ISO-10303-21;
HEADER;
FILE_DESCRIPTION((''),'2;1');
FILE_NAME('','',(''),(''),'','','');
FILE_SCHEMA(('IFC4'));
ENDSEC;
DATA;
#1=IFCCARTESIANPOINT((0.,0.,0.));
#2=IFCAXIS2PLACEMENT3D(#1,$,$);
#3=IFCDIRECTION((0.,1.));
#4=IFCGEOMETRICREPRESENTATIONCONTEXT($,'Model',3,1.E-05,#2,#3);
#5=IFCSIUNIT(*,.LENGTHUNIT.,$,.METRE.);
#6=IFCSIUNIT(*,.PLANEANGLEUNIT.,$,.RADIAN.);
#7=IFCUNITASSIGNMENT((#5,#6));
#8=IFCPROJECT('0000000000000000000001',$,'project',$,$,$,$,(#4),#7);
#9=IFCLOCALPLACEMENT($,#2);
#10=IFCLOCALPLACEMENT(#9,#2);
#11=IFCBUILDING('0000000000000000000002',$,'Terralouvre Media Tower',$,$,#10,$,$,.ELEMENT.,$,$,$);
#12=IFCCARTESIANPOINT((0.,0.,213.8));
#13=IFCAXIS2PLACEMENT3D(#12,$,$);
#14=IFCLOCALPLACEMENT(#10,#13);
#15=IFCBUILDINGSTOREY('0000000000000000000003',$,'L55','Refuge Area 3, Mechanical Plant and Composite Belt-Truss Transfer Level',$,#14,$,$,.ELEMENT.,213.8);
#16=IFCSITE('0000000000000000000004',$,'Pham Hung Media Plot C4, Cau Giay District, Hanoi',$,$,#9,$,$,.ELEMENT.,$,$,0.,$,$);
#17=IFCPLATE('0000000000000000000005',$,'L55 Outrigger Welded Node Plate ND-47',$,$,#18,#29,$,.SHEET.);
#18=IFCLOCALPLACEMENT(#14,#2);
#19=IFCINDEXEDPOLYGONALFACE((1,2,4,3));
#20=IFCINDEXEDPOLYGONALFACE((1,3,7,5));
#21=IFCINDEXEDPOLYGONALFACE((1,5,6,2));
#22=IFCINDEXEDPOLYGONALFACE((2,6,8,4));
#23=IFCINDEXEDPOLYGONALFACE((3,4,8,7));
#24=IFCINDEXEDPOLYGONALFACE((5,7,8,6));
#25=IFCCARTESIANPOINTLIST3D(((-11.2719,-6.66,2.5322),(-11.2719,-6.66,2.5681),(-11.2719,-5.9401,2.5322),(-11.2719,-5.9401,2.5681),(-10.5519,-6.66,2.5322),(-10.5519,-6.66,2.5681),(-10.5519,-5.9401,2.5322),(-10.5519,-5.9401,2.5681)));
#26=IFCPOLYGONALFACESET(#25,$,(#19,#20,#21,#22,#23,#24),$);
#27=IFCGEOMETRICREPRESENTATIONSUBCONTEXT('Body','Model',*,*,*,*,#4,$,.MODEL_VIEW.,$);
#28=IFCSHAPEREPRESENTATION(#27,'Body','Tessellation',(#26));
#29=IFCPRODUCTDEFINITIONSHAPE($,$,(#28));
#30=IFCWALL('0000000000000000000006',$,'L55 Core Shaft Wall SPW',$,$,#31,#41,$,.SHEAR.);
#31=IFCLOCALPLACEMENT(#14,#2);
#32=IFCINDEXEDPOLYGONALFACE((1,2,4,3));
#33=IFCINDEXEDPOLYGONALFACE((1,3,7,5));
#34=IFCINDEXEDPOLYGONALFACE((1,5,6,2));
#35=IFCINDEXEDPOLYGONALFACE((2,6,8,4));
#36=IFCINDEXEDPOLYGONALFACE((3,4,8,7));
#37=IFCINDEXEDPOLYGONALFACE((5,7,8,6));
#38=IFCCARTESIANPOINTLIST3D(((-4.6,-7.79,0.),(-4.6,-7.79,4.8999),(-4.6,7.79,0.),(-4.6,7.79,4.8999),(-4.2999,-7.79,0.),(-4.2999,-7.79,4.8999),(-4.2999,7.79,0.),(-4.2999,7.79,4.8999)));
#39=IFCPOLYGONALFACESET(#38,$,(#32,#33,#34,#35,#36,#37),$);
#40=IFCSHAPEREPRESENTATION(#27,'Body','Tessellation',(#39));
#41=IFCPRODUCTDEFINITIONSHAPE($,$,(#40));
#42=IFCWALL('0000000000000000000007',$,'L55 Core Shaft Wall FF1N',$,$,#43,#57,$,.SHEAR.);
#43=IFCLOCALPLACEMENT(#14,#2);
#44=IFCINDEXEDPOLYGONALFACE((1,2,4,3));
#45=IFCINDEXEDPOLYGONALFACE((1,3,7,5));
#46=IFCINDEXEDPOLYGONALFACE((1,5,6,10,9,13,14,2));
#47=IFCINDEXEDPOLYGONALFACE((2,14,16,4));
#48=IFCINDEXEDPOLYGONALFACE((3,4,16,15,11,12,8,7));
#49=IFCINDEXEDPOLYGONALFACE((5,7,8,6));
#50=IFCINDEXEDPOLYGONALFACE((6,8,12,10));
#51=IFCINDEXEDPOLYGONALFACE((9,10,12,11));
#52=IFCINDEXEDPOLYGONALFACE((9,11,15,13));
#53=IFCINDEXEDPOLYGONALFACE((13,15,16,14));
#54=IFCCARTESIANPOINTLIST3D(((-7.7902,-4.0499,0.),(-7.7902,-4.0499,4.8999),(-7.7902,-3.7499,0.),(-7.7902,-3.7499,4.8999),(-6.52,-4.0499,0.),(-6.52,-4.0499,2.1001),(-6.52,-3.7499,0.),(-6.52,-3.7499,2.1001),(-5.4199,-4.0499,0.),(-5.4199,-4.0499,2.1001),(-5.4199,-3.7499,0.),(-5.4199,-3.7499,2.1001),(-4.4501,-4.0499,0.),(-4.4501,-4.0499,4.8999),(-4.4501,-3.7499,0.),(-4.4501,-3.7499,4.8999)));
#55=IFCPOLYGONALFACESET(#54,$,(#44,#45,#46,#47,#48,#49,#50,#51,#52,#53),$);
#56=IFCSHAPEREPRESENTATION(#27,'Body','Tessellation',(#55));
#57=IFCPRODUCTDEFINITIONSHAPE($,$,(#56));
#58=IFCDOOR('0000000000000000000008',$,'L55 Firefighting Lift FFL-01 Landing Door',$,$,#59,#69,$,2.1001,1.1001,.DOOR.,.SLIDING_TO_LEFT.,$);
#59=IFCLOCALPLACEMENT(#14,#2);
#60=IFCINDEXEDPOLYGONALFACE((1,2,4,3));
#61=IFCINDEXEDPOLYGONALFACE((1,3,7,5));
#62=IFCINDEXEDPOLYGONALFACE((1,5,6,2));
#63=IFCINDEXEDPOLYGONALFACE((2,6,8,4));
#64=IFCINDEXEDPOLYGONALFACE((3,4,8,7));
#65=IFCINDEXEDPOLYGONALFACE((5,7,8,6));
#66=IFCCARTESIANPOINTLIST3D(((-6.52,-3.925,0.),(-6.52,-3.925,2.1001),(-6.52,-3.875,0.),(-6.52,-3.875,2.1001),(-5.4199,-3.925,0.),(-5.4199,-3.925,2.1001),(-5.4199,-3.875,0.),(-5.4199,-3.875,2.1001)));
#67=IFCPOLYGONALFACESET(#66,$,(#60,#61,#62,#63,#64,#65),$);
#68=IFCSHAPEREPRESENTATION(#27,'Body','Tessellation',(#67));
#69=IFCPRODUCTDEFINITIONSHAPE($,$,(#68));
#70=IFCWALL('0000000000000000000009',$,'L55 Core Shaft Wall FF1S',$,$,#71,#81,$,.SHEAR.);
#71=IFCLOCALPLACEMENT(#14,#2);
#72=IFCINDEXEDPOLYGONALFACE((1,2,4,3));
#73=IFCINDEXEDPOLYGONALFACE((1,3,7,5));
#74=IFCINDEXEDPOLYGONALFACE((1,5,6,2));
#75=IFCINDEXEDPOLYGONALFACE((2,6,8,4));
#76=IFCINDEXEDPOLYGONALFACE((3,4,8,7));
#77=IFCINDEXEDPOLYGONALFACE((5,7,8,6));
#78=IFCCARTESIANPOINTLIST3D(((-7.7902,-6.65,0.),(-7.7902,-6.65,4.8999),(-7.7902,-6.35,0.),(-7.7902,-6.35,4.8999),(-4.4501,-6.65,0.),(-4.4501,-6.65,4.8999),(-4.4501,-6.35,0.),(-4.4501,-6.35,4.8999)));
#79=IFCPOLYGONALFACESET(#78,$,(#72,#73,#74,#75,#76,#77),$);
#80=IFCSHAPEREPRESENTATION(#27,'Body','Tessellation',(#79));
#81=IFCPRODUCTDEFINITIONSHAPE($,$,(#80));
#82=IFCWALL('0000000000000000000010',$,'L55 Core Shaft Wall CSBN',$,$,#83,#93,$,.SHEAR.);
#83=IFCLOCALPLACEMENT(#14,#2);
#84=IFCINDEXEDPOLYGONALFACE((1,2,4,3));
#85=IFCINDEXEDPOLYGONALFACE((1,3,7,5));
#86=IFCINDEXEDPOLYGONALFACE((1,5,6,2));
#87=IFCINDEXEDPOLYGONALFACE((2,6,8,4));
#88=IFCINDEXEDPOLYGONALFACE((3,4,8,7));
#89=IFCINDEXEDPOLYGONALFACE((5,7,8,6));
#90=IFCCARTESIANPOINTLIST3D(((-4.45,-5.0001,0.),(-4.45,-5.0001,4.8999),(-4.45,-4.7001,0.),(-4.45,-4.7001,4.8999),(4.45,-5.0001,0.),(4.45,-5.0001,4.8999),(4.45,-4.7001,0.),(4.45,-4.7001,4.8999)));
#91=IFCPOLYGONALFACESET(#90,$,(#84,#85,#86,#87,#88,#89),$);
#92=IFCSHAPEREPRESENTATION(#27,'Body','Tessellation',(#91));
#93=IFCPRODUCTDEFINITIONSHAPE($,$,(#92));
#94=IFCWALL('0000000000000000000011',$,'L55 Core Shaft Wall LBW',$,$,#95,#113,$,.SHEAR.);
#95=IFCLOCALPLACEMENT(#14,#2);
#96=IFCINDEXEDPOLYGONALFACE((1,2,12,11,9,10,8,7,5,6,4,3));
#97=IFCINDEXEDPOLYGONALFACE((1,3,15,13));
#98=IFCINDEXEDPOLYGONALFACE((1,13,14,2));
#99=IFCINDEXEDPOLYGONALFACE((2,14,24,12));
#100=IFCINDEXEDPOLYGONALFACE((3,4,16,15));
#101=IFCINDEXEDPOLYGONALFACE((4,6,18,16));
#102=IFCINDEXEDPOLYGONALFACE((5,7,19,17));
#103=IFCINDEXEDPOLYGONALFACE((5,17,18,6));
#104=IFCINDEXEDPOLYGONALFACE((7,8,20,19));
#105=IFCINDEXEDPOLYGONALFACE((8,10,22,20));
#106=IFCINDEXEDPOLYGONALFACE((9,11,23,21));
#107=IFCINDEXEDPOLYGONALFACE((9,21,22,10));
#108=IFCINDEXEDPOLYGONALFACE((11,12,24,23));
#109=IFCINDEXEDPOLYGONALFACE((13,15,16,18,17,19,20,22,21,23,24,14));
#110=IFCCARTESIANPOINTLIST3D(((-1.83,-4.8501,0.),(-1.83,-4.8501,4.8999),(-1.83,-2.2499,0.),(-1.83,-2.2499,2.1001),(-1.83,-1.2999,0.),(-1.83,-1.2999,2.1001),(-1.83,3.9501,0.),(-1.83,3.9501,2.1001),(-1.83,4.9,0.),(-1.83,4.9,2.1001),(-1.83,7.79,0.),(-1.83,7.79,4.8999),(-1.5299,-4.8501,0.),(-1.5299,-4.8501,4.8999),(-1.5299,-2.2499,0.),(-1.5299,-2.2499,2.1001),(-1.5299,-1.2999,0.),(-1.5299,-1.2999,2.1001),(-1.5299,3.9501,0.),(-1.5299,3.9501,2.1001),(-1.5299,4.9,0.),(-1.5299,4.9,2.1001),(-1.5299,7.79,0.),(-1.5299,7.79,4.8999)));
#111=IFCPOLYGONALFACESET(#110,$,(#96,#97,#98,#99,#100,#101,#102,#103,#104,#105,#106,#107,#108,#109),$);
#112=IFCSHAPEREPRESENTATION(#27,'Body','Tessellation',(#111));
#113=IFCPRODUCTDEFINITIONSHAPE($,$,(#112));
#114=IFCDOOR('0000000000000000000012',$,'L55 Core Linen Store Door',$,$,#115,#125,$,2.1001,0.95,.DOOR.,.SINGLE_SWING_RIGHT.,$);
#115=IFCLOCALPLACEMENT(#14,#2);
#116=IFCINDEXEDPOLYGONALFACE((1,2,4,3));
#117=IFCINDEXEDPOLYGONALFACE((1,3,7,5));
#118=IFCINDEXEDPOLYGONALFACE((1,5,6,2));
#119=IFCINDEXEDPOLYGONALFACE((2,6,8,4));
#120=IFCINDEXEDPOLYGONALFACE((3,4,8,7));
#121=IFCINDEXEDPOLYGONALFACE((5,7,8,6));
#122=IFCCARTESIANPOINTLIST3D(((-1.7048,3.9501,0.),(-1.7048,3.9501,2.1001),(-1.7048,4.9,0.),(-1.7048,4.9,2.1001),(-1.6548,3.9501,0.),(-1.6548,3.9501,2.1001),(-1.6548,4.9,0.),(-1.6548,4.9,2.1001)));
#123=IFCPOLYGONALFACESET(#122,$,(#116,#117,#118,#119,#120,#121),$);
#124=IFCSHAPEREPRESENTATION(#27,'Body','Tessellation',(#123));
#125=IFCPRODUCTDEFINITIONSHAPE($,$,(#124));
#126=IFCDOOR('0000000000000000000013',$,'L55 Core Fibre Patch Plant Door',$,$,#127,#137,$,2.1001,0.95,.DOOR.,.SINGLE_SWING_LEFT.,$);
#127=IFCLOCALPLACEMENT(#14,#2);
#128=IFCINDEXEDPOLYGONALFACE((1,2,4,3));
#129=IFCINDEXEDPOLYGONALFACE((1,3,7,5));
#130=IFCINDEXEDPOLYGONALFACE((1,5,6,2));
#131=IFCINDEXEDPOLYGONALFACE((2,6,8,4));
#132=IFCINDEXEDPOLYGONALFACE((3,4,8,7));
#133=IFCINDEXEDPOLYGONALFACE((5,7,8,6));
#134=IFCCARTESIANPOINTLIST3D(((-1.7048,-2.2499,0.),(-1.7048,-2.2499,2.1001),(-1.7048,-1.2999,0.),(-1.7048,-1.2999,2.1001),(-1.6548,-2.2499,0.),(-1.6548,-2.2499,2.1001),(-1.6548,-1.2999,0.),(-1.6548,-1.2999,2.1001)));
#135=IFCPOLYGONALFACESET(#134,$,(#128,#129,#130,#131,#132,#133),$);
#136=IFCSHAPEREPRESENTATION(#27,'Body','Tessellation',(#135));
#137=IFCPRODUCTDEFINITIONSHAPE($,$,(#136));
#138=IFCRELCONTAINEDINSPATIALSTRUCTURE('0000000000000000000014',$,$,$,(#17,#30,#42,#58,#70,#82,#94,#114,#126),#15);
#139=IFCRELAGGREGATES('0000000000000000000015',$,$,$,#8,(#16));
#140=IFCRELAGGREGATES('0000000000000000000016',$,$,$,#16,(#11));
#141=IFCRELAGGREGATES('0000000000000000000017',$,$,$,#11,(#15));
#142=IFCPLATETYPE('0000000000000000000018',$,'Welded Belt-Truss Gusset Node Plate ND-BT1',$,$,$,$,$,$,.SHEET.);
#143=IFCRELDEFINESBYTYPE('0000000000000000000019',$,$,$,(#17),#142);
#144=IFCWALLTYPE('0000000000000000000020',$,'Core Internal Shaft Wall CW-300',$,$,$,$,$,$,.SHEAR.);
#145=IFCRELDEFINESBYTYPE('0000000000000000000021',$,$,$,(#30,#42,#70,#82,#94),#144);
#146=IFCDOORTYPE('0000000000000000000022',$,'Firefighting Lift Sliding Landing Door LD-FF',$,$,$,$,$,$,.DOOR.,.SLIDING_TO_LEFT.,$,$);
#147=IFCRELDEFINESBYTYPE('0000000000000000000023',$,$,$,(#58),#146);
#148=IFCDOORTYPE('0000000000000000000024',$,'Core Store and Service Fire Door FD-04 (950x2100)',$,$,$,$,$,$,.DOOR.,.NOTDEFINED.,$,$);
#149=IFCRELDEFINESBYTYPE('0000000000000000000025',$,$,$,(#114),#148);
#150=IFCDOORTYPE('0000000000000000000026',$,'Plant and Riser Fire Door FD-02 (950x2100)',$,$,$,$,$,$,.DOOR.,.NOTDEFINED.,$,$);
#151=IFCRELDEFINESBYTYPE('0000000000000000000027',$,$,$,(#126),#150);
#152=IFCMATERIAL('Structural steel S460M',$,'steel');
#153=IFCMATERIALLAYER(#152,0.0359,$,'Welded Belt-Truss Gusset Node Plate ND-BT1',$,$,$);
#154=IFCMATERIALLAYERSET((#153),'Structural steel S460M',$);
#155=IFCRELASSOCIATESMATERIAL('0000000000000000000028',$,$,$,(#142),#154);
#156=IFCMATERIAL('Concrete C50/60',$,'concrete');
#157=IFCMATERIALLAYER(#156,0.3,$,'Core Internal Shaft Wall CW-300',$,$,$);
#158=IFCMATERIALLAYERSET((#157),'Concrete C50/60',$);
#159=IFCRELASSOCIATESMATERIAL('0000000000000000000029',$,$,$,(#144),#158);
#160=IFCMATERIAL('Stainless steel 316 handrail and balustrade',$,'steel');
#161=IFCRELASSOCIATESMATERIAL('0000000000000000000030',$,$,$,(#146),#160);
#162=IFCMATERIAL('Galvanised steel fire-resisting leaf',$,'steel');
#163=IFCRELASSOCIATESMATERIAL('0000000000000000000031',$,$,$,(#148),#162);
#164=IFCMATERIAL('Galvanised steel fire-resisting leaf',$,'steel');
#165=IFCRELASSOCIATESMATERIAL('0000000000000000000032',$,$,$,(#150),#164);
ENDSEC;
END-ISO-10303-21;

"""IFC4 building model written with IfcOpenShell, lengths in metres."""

from ifc_helpers import new_model, si_unit, direction, frame, frame_2d, origin, origin_2d, place, context, subcontext, project, spatial, rectangle, extrude, material, layer, layer_set, type_object, element, fill, save


model = new_model("IFC4")

# Units and contexts
model_context = context("Model", 3, precision=1e-05, world=origin(), true_north=direction((0.0, 1.0)))
body_context = subcontext(model_context, "Body", "Model", "MODEL_VIEW")
ifc_project = project(units=[si_unit("LENGTHUNIT", "METRE"), si_unit("PLANEANGLEUNIT", "RADIAN")], contexts=[model_context])

# Site, building, storey
site_placement = place(None, origin())
site = spatial("IfcSite", under=ifc_project, at=site_placement, Name="Pham Hung Media Plot C4, Cau Giay District, Hanoi", CompositionType="ELEMENT", RefElevation=0.0)
building_placement = place(site_placement, origin())
building = spatial("IfcBuilding", under=site, at=building_placement, Name="Terralouvre Media Tower", CompositionType="ELEMENT")
storey_placement = place(building_placement, frame((0.0, 0.0, 213.8)))
storey = spatial("IfcBuildingStorey", under=building, at=storey_placement, Name="L55", Description="Refuge Area 3, Mechanical Plant and Composite Belt-Truss Transfer Level", CompositionType="ELEMENT", Elevation=213.8)

# Plate
ifc_material_1 = material(Name="Structural steel S460M", Category="steel")
ifc_layer_1 = layer(ifc_material_1, 0.0359, Name="Welded Belt-Truss Gusset Node Plate ND-BT1")
ifc_layer_set_1 = layer_set([ifc_layer_1], Name="Structural steel S460M")
plate_type = type_object("IfcPlateType", Name="Welded Belt-Truss Gusset Node Plate ND-BT1", PredefinedType="SHEET", material=ifc_layer_set_1)
plate_placement = place(storey_placement, frame((-10.9119, -6.3, 2.5322), z_axis=(0.0, 0.0, 1.0), x_axis=(1.0, 0.0, 0.0)))
element("IfcPlate", 1, at=plate_placement, inside=storey, type_object=plate_type, Name="L55 Outrigger Welded Node Plate ND-47", PredefinedType="SHEET", context=body_context, shape_type="SweptSolid", body=[
    extrude(rectangle(XDim=0.72, YDim=0.72, at=origin_2d()), origin(), (0.0, 0.0, 1.0), 0.0359),
])

# Wall
ifc_material_2 = material(Name="Concrete C50/60", Category="concrete")
ifc_layer_2 = layer(ifc_material_2, 0.3, Name="Core Internal Shaft Wall CW-300")
ifc_layer_set_2 = layer_set([ifc_layer_2], Name="Concrete C50/60")
wall_type_1 = type_object("IfcWallType", Name="Core Internal Shaft Wall CW-300", PredefinedType="SHEAR", material=ifc_layer_set_2)
wall_1_placement = place(storey_placement, frame((-4.45, -7.79, 0.0), z_axis=(0.0, 0.0, 1.0), x_axis=(0.0, 1.0, 0.0)))
element("IfcWall", 2, at=wall_1_placement, inside=storey, type_object=wall_type_1, Name="L55 Core Shaft Wall SPW", PredefinedType="SHEAR", context=body_context, shape_type="SweptSolid", body=[
    extrude(rectangle(XDim=15.5801, YDim=0.3, at=frame_2d((7.79, 0.0))), origin(), (0.0, 0.0, 1.0), 4.8999),
])

# Wall, opening, door
wall_2_placement = place(storey_placement, frame((-7.79, -3.8999, 0.0), z_axis=(0.0, 0.0, 1.0), x_axis=(1.0, 0.0, 0.0)))
wall_2 = element("IfcWall", 3, at=wall_2_placement, inside=storey, type_object=wall_type_1, Name="L55 Core Shaft Wall FF1N", PredefinedType="SHEAR", context=body_context, shape_type="SweptSolid", body=[
    extrude(rectangle(XDim=3.3401, YDim=0.3, at=frame_2d((1.6699, 0.0))), origin(), (0.0, 0.0, 1.0), 4.8999),
])
opening_1_placement = place(wall_2_placement, frame((1.27, 0.0, 0.0)))
opening_1 = element("IfcOpeningElement", 4, at=opening_1_placement, cuts=wall_2, PredefinedType="OPENING", context=body_context, shape_type="SweptSolid", body=[
    extrude(rectangle(XDim=1.1001, YDim=2.1001, at=frame_2d((0.55, 1.05))), frame((0.0, 0.1599, 0.0), z_axis=(0.0, -1.0, 0.0), x_axis=(1.0, 0.0, 0.0)), (0.0, 0.0, 1.0), 0.3201),
])
ifc_material_3 = material(Name="Stainless steel 316 handrail and balustrade", Category="steel")
door_type_1 = type_object("IfcDoorType", Name="Firefighting Lift Sliding Landing Door LD-FF", OperationType="SLIDING_TO_LEFT", PredefinedType="DOOR", material=ifc_material_3)
door_1_placement = place(opening_1_placement, origin())
door_1 = element("IfcDoor", 5, at=door_1_placement, inside=storey, type_object=door_type_1, Name="L55 Firefighting Lift FFL-01 Landing Door", OperationType="SLIDING_TO_LEFT", OverallHeight=2.1001, OverallWidth=1.1001, PredefinedType="DOOR", context=body_context, shape_type="SweptSolid", body=[
    extrude(rectangle(XDim=1.1001, YDim=2.1001, at=frame_2d((0.55, 1.05))), frame((0.0, 0.0249, 0.0), z_axis=(0.0, -1.0, 0.0), x_axis=(1.0, 0.0, 0.0)), (0.0, 0.0, 1.0), 0.05),
])
fill(opening_1, door_1)

# Walls
wall_3_placement = place(storey_placement, frame((-7.79, -6.5, 0.0), z_axis=(0.0, 0.0, 1.0), x_axis=(1.0, 0.0, 0.0)))
element("IfcWall", 6, at=wall_3_placement, inside=storey, type_object=wall_type_1, Name="L55 Core Shaft Wall FF1S", PredefinedType="SHEAR", context=body_context, shape_type="SweptSolid", body=[
    extrude(rectangle(XDim=3.3401, YDim=0.3, at=frame_2d((1.6699, 0.0))), origin(), (0.0, 0.0, 1.0), 4.8999),
])
wall_4_placement = place(storey_placement, frame((-4.45, -4.8501, 0.0), z_axis=(0.0, 0.0, 1.0), x_axis=(1.0, 0.0, 0.0)))
element("IfcWall", 7, at=wall_4_placement, inside=storey, type_object=wall_type_1, Name="L55 Core Shaft Wall CSBN", PredefinedType="SHEAR", context=body_context, shape_type="SweptSolid", body=[
    extrude(rectangle(XDim=8.8999, YDim=0.3, at=frame_2d((4.45, 0.0))), origin(), (0.0, 0.0, 1.0), 4.8999),
])

# Wall, openings, doors
wall_5_placement = place(storey_placement, frame((-1.6799, -4.8501, 0.0), z_axis=(0.0, 0.0, 1.0), x_axis=(0.0, 1.0, 0.0)))
wall_5 = element("IfcWall", 8, at=wall_5_placement, inside=storey, type_object=wall_type_1, Name="L55 Core Shaft Wall LBW", PredefinedType="SHEAR", context=body_context, shape_type="SweptSolid", body=[
    extrude(rectangle(XDim=12.6401, YDim=0.3, at=frame_2d((6.3201, 0.0))), origin(), (0.0, 0.0, 1.0), 4.8999),
])
opening_2_placement = place(wall_5_placement, frame((2.6001, 0.0, 0.0)))
opening_2 = element("IfcOpeningElement", 9, at=opening_2_placement, cuts=wall_5, PredefinedType="OPENING", context=body_context, shape_type="SweptSolid", body=[
    extrude(rectangle(XDim=0.95, YDim=2.1001, at=frame_2d((0.4751, 1.05))), frame((0.0, 0.1599, 0.0), z_axis=(0.0, -1.0, 0.0), x_axis=(1.0, 0.0, 0.0)), (0.0, 0.0, 1.0), 0.3201),
])
opening_3_placement = place(wall_5_placement, frame((8.8, 0.0, 0.0)))
opening_3 = element("IfcOpeningElement", 10, at=opening_3_placement, cuts=wall_5, PredefinedType="OPENING", context=body_context, shape_type="SweptSolid", body=[
    extrude(rectangle(XDim=0.95, YDim=2.1001, at=frame_2d((0.4751, 1.05))), frame((0.0, 0.1599, 0.0), z_axis=(0.0, -1.0, 0.0), x_axis=(1.0, 0.0, 0.0)), (0.0, 0.0, 1.0), 0.3201),
])
ifc_material_4 = material(Name="Galvanised steel fire-resisting leaf", Category="steel")
door_type_2 = type_object("IfcDoorType", Name="Core Store and Service Fire Door FD-04 (950x2100)", OperationType="NOTDEFINED", PredefinedType="DOOR", material=ifc_material_4)
door_2_placement = place(opening_3_placement, origin())
door_2 = element("IfcDoor", 11, at=door_2_placement, inside=storey, type_object=door_type_2, Name="L55 Core Linen Store Door", OperationType="SINGLE_SWING_RIGHT", OverallHeight=2.1001, OverallWidth=0.95, PredefinedType="DOOR", context=body_context, shape_type="SweptSolid", body=[
    extrude(rectangle(XDim=0.95, YDim=2.1001, at=frame_2d((0.4751, 1.05))), frame((0.0, 0.0249, 0.0), z_axis=(0.0, -1.0, 0.0), x_axis=(1.0, 0.0, 0.0)), (0.0, 0.0, 1.0), 0.05),
])
fill(opening_3, door_2)
ifc_material_5 = material(Name="Galvanised steel fire-resisting leaf", Category="steel")
door_type_3 = type_object("IfcDoorType", Name="Plant and Riser Fire Door FD-02 (950x2100)", OperationType="NOTDEFINED", PredefinedType="DOOR", material=ifc_material_5)
door_3_placement = place(opening_2_placement, origin())
door_3 = element("IfcDoor", 12, at=door_3_placement, inside=storey, type_object=door_type_3, Name="L55 Core Fibre Patch Plant Door", OperationType="SINGLE_SWING_LEFT", OverallHeight=2.1001, OverallWidth=0.95, PredefinedType="DOOR", context=body_context, shape_type="SweptSolid", body=[
    extrude(rectangle(XDim=0.95, YDim=2.1001, at=frame_2d((0.4751, 1.05))), frame((0.0, 0.0249, 0.0), z_axis=(0.0, -1.0, 0.0), x_axis=(1.0, 0.0, 0.0)), (0.0, 0.0, 1.0), 0.05),
])
fill(opening_2, door_3)

save(model, "model.ifc")
